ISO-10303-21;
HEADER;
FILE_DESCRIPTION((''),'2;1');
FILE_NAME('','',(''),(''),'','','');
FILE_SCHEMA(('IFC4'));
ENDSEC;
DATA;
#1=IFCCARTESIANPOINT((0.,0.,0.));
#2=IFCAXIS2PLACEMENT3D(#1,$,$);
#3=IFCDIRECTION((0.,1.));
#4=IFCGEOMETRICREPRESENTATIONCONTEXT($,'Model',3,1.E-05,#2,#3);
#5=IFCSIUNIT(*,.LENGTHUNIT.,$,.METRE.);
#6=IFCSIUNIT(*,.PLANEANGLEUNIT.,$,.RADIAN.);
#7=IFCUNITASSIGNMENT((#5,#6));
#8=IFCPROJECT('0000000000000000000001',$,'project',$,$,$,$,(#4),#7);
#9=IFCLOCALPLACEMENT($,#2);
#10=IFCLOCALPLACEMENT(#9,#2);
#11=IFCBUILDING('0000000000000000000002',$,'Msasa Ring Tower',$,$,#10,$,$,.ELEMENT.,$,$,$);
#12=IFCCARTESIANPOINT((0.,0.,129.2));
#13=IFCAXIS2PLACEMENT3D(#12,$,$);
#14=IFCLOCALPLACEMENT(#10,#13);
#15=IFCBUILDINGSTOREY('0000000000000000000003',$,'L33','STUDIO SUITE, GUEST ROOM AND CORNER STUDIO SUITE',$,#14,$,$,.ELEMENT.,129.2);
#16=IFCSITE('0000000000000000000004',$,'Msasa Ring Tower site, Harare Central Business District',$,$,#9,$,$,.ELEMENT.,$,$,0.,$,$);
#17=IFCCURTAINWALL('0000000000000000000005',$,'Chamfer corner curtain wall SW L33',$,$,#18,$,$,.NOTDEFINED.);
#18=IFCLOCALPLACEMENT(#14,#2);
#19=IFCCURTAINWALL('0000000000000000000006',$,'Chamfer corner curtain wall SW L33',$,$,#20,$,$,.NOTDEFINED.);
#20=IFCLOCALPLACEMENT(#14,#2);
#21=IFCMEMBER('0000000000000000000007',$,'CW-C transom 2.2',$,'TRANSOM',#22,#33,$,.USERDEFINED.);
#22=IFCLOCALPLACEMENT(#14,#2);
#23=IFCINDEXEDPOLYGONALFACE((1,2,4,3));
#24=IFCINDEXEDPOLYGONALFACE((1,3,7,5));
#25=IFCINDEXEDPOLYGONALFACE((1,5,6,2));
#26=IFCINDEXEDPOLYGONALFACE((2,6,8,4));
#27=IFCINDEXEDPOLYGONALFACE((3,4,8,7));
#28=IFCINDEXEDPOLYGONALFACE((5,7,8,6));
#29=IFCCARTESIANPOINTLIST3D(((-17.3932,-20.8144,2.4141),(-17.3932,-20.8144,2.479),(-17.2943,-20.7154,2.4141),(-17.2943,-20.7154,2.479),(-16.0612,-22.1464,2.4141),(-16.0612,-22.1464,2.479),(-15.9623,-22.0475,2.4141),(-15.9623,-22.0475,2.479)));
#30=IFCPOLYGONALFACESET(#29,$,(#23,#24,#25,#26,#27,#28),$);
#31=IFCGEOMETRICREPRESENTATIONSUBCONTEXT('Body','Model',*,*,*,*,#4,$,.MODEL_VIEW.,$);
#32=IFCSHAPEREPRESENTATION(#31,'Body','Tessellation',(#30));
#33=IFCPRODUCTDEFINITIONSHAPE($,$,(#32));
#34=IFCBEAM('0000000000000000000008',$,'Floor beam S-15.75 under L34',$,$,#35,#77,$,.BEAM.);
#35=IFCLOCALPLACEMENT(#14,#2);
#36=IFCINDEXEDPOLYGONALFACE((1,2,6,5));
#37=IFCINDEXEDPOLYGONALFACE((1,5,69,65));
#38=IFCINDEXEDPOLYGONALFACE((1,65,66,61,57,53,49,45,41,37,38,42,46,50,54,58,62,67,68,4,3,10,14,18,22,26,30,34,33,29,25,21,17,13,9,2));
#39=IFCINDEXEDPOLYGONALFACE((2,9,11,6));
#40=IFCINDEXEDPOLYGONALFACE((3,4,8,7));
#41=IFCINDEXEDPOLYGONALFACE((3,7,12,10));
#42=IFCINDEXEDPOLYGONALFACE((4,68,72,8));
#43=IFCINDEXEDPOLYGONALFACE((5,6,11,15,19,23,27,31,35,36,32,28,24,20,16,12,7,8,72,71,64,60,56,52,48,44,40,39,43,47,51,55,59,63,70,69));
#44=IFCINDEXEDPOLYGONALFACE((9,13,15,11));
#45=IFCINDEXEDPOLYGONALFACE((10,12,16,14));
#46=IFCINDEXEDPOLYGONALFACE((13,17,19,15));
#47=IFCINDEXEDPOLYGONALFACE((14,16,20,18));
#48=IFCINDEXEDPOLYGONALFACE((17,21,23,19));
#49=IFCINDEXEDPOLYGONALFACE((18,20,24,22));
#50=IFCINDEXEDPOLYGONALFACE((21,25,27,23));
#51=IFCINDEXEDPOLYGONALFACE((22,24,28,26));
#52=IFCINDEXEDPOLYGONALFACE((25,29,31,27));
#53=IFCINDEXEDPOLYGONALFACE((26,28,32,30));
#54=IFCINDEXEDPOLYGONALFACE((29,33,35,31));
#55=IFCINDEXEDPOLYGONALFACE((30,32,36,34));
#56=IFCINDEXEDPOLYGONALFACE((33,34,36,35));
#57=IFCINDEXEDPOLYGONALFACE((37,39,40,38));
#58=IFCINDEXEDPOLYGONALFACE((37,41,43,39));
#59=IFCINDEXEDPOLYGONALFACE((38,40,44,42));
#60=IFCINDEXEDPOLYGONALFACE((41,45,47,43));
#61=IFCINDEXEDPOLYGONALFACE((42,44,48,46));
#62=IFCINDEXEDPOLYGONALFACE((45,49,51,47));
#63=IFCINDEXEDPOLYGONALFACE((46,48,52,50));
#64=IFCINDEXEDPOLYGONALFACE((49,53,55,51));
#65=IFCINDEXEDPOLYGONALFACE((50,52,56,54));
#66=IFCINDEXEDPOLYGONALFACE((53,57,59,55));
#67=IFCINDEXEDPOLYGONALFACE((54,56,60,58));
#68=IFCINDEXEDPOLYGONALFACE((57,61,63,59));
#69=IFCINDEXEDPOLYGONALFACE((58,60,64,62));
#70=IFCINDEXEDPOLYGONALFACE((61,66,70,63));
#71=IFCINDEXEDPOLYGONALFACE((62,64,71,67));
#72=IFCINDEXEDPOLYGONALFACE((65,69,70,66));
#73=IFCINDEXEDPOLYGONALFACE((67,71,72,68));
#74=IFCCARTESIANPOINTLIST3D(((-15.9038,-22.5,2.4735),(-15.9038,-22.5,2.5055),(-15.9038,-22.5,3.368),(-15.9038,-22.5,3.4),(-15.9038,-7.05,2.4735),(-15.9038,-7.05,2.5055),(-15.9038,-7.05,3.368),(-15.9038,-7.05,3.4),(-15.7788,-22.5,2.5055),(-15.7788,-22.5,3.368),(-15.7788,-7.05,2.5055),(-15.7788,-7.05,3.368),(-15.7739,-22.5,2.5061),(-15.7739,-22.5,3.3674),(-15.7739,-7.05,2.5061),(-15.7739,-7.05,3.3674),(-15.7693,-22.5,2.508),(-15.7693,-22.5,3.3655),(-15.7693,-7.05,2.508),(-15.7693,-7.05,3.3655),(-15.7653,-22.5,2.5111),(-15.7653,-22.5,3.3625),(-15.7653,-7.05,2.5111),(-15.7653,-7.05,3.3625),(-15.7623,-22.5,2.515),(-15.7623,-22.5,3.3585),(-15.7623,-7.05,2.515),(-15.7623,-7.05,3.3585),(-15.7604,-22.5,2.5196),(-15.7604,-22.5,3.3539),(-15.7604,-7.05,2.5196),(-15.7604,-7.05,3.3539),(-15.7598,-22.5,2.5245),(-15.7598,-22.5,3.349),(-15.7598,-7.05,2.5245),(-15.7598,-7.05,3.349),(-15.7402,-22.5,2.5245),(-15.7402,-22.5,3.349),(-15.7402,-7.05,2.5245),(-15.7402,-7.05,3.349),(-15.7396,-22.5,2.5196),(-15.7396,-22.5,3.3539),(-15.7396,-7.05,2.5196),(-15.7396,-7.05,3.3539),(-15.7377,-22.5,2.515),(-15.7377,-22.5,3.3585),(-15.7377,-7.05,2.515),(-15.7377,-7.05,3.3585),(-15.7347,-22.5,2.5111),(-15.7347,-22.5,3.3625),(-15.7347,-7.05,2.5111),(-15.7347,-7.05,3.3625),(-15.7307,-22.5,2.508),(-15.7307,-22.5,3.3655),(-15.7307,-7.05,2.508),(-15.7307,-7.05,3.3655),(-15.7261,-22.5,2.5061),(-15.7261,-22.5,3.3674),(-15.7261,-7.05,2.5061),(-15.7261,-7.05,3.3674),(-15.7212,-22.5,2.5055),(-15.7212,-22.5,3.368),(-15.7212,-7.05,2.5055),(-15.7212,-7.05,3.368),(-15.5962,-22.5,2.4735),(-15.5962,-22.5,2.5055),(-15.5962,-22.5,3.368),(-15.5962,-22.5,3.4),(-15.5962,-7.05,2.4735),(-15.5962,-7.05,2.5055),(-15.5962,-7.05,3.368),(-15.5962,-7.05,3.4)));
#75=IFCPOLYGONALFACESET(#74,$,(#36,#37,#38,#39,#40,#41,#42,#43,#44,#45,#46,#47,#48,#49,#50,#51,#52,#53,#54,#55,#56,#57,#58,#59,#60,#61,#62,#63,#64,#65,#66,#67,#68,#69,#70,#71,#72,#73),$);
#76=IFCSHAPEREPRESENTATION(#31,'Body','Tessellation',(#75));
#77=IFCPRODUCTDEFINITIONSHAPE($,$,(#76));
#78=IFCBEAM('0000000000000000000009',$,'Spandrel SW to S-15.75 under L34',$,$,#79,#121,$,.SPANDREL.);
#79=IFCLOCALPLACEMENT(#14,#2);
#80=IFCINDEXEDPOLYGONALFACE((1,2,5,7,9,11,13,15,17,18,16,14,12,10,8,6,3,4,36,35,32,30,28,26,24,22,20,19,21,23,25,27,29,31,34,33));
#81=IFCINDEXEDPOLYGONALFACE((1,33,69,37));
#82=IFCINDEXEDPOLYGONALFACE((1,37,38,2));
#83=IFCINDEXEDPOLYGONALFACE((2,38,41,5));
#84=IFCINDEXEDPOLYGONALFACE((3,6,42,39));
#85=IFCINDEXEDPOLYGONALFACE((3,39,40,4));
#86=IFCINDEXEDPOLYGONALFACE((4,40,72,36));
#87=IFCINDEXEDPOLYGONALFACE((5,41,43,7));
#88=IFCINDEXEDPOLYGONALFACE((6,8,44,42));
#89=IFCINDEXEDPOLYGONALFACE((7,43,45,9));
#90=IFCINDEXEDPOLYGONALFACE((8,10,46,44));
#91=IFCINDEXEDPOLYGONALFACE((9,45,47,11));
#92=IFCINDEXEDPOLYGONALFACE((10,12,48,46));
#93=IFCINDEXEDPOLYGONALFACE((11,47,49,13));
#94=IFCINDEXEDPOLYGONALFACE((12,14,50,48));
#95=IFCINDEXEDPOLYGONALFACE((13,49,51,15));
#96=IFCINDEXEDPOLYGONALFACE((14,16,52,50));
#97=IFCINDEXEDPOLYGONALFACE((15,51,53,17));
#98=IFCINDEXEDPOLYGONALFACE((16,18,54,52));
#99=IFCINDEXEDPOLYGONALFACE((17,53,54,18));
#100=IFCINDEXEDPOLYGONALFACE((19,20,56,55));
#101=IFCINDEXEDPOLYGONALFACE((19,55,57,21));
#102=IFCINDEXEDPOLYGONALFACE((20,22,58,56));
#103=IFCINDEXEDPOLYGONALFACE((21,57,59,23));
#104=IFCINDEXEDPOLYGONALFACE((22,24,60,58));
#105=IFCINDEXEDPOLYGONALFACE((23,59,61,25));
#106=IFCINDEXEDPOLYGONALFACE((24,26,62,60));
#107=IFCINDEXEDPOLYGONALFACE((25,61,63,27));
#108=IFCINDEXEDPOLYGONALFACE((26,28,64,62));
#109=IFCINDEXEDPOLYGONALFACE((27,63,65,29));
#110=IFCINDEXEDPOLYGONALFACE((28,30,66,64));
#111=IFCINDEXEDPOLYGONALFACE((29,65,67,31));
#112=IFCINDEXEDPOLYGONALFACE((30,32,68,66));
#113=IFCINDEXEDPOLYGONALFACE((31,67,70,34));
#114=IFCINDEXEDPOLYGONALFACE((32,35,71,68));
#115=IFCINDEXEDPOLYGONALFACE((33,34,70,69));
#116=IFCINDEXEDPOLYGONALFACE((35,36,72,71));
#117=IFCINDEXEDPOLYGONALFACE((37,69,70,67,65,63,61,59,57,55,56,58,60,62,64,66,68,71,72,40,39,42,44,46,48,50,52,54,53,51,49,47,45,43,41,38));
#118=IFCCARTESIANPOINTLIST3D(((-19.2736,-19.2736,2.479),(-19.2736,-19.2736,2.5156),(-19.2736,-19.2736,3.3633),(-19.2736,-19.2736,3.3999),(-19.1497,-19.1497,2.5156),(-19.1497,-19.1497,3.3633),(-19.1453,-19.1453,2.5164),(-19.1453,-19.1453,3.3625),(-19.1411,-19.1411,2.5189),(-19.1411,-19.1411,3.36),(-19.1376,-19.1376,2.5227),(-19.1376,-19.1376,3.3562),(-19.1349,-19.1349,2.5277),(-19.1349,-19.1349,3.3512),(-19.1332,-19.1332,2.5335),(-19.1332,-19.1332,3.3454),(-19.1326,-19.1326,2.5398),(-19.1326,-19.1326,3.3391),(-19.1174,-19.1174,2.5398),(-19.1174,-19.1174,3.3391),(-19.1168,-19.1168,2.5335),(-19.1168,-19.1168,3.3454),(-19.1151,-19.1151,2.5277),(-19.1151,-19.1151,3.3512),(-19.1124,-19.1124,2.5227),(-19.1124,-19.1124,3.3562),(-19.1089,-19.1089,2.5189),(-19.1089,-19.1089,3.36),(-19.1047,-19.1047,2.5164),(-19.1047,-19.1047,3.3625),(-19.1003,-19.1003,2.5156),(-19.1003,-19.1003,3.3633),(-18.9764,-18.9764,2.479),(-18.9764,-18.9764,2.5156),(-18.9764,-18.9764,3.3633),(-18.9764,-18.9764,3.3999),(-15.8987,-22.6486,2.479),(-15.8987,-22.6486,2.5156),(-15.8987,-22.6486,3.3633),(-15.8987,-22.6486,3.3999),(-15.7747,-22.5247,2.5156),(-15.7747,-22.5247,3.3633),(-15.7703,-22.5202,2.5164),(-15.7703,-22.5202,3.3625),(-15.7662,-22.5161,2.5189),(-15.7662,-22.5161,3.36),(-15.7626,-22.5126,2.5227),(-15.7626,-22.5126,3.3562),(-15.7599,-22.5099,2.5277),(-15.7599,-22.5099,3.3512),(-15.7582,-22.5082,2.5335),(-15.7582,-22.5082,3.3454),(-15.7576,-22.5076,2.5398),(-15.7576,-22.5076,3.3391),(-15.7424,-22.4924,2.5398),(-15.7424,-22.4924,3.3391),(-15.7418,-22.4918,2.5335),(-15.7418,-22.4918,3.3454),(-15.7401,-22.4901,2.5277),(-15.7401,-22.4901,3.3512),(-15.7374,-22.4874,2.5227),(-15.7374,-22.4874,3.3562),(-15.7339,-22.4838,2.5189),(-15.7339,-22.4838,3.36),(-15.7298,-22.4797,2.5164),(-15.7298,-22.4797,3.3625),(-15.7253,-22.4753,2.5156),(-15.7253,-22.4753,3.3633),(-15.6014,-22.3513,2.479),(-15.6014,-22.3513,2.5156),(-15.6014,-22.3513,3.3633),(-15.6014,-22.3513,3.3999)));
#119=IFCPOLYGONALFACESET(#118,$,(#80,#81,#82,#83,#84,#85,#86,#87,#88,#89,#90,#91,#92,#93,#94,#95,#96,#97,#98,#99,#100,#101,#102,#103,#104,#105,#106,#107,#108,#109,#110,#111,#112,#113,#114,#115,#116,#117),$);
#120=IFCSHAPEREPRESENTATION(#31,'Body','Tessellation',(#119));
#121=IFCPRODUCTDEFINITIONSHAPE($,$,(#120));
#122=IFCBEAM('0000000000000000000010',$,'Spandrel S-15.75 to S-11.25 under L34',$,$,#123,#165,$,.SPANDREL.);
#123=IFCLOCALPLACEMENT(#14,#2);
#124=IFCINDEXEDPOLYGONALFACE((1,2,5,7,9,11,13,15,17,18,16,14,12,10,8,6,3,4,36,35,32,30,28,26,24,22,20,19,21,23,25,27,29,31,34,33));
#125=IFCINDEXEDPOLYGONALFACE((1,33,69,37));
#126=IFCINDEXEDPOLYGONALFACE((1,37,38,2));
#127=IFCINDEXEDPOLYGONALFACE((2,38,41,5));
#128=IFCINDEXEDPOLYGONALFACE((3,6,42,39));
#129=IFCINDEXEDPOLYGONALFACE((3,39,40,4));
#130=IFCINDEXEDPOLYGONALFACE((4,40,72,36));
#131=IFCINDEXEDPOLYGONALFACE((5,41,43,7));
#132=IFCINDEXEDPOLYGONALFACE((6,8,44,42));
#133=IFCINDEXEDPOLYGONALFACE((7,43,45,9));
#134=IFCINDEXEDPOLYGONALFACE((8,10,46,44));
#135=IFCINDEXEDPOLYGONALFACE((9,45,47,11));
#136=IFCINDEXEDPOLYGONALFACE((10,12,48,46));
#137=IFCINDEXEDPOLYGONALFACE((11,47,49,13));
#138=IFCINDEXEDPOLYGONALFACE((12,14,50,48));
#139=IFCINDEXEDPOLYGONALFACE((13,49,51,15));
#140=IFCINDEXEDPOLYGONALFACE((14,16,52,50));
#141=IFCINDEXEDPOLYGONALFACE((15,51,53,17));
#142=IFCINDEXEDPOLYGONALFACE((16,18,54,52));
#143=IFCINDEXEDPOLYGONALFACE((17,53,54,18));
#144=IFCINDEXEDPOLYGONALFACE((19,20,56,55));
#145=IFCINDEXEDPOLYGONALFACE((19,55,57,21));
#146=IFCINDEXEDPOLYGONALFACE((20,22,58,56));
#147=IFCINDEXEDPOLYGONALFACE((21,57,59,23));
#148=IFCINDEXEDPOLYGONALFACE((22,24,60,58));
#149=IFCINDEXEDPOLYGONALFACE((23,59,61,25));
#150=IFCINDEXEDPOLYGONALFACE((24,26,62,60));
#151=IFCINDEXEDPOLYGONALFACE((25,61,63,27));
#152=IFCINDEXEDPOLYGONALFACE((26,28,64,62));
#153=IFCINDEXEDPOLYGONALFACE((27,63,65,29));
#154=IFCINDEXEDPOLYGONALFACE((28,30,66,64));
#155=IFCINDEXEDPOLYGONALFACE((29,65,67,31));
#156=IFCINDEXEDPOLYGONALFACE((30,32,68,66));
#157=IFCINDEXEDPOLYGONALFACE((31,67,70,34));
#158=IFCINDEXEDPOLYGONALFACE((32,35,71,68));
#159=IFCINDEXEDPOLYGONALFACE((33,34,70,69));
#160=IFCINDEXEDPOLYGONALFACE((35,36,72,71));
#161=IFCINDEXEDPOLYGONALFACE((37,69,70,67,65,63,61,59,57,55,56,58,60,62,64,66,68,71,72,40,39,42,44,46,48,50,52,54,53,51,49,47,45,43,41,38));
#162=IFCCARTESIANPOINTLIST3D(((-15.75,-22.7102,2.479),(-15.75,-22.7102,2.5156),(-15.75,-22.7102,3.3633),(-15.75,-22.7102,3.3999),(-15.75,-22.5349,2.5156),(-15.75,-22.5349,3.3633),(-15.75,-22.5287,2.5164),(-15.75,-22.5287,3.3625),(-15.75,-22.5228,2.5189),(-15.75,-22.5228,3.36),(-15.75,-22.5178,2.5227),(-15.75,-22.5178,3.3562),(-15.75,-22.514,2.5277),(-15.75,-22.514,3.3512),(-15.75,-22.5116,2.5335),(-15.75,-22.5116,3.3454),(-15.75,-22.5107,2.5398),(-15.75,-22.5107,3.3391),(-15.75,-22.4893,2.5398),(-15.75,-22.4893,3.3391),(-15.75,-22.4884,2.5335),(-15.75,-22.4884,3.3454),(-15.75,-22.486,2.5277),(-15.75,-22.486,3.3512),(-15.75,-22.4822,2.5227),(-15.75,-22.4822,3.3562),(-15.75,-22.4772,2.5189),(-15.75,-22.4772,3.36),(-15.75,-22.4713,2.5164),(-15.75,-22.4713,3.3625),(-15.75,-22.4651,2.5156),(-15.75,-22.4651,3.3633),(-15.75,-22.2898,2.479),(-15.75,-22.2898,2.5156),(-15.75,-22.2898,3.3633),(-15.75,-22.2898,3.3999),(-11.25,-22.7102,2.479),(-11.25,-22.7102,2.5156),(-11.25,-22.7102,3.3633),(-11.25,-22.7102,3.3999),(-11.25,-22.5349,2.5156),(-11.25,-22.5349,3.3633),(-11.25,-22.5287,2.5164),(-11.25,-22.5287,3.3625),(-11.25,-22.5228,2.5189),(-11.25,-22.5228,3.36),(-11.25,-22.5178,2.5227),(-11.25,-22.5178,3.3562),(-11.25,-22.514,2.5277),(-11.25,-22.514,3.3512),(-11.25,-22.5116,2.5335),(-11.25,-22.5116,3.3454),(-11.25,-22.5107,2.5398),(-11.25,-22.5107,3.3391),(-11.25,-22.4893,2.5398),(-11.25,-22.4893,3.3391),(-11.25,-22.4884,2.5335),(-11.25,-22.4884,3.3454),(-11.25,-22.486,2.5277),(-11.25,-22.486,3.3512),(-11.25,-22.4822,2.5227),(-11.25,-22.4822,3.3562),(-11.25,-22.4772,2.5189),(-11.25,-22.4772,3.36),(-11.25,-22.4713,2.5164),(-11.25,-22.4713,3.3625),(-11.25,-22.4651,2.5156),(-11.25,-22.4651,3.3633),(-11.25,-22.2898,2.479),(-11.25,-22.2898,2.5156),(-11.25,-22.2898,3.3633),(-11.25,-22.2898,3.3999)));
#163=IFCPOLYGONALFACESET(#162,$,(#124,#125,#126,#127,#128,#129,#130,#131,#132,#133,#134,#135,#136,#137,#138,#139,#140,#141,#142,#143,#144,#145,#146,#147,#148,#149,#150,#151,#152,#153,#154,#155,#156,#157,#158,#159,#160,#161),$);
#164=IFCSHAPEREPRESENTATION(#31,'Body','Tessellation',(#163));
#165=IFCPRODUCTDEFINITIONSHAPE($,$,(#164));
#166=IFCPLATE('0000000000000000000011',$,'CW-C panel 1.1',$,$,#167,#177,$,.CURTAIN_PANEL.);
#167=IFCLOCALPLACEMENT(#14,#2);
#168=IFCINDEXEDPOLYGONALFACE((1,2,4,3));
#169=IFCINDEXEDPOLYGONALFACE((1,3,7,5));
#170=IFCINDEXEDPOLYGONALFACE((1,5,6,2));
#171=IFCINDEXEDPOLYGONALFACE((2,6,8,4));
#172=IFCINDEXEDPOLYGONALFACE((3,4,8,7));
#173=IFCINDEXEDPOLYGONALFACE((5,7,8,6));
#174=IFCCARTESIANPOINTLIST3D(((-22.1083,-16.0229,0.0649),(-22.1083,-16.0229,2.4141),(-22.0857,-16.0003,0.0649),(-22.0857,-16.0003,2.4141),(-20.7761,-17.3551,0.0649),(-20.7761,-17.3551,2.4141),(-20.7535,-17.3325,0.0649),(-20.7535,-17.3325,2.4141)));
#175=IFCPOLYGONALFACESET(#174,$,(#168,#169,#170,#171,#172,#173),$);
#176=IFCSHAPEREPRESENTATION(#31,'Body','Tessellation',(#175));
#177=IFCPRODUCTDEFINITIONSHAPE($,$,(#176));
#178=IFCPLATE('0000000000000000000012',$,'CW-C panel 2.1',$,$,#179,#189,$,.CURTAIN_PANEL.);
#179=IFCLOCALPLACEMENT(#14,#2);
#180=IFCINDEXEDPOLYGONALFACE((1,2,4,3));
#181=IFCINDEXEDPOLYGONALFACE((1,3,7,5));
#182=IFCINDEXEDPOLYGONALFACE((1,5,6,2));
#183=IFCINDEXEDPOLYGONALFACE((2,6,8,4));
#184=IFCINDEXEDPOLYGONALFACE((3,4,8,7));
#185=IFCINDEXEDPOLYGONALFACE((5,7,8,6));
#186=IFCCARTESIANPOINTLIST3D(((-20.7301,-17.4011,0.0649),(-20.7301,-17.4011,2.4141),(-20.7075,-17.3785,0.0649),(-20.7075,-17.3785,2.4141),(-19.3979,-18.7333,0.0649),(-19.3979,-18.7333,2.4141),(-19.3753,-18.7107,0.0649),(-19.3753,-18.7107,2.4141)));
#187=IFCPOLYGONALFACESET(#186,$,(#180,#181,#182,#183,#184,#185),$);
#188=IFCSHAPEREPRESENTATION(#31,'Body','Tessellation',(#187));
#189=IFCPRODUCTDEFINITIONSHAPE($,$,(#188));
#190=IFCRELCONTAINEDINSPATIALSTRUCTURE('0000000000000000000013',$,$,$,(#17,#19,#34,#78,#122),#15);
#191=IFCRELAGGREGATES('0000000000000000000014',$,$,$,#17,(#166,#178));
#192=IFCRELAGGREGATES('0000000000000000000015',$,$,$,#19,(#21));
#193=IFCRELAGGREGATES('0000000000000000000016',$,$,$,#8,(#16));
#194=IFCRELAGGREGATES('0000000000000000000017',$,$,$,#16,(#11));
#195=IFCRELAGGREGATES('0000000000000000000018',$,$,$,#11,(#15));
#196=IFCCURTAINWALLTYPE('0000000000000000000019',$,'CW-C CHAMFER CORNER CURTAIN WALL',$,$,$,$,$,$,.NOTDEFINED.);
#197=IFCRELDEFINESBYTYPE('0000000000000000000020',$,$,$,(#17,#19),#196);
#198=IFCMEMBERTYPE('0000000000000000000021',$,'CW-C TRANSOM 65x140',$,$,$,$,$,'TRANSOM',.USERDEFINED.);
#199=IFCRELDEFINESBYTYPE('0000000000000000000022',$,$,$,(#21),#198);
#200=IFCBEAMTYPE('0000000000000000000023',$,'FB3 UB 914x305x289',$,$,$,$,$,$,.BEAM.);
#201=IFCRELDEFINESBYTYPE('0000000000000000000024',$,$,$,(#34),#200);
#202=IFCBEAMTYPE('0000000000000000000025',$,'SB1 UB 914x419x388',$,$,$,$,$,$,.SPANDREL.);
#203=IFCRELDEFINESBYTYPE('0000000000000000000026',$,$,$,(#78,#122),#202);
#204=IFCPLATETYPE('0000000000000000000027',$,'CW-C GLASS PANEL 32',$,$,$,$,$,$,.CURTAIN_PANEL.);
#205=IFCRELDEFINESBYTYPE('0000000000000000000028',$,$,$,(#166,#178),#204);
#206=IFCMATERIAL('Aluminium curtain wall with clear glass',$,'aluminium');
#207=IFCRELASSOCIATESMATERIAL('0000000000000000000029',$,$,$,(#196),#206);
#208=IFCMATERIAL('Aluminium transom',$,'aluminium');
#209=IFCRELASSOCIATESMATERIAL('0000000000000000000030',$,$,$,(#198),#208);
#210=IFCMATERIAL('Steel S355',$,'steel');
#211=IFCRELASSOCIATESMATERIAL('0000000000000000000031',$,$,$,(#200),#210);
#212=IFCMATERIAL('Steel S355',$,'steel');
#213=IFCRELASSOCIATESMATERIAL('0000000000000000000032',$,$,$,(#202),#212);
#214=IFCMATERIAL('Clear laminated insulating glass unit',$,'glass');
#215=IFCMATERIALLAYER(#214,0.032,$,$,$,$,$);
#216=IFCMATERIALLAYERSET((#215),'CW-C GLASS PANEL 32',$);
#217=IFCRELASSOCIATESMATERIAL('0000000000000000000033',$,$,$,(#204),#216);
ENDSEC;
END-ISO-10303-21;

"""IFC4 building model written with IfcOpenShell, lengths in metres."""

from ifc_helpers import new_model, si_unit, direction, frame, origin, origin_2d, place, context, subcontext, project, spatial, rectangle, i_section, extrude, material, layer, layer_set, material_profile, profile_set, type_object, element, aggregate, save


model = new_model("IFC4")

# Units and contexts
model_context = context("Model", 3, precision=1e-05, world=origin(), true_north=direction((0.0, 1.0)))
body_context = subcontext(model_context, "Body", "Model", "MODEL_VIEW")
ifc_project = project(units=[si_unit("LENGTHUNIT", "METRE"), si_unit("PLANEANGLEUNIT", "RADIAN")], contexts=[model_context])

# Site, building, storey
site_placement = place(None, origin())
site = spatial("IfcSite", under=ifc_project, at=site_placement, Name="Msasa Ring Tower site, Harare Central Business District", CompositionType="ELEMENT", RefElevation=0.0)
building_placement = place(site_placement, origin())
building = spatial("IfcBuilding", under=site, at=building_placement, Name="Msasa Ring Tower", CompositionType="ELEMENT")
storey_placement = place(building_placement, frame((0.0, 0.0, 129.2)))
storey = spatial("IfcBuildingStorey", under=building, at=storey_placement, Name="L33", Description="STUDIO SUITE, GUEST ROOM AND CORNER STUDIO SUITE", CompositionType="ELEMENT", Elevation=129.2)

# Curtain walls
ifc_material_1 = material(Name="Aluminium curtain wall with clear glass", Category="aluminium")
curtain_wall_type = type_object("IfcCurtainWallType", Name="CW-C CHAMFER CORNER CURTAIN WALL", PredefinedType="NOTDEFINED", material=ifc_material_1)
curtain_wall_1_placement = place(storey_placement, origin())
curtain_wall_1 = element("IfcCurtainWall", 1, at=curtain_wall_1_placement, inside=storey, type_object=curtain_wall_type, Name="Chamfer corner curtain wall SW L33", PredefinedType="NOTDEFINED")
curtain_wall_2_placement = place(storey_placement, origin())
curtain_wall_2 = element("IfcCurtainWall", 2, at=curtain_wall_2_placement, inside=storey, type_object=curtain_wall_type, Name="Chamfer corner curtain wall SW L33", PredefinedType="NOTDEFINED")

# Member
ifc_material_2 = material(Name="Aluminium transom", Category="aluminium")
ifc_material_profile_1 = material_profile(ifc_material_2, rectangle(XDim=0.1399, YDim=0.0649, at=origin_2d()), Name="AL 65x140")
ifc_profile_set_1 = profile_set([ifc_material_profile_1], Name="Aluminium transom")
member_type_1 = type_object("IfcMemberType", Name="CW-C TRANSOM 65x140", ElementType="TRANSOM", PredefinedType="USERDEFINED", material=ifc_profile_set_1)
member_1_placement = place(storey_placement, frame((-17.3438, -20.7649, 2.4465), z_axis=(0.707107, -0.707107, 0.0), x_axis=(0.707107, 0.707107, 0.0)))
member_1 = element("IfcMember", 3, at=member_1_placement, type_object=member_type_1, Name="CW-C transom 2.2", ObjectType="TRANSOM", PredefinedType="USERDEFINED", context=body_context, shape_type="SweptSolid", body=[
    extrude(rectangle(XDim=0.1399, YDim=0.0649, at=origin_2d()), origin(), (0.0, 0.0, 1.0), 1.8838),
])

# Beams
ifc_material_3 = material(Name="Steel S355", Category="steel")
ifc_material_profile_2 = material_profile(ifc_material_3, i_section(OverallWidth=0.3076, OverallDepth=0.9265, WebThickness=0.0195, FlangeThickness=0.032, FilletRadius=0.019, at=origin_2d()), Name="UB 914x305x289")
ifc_profile_set_2 = profile_set([ifc_material_profile_2], Name="Steel S355")
beam_type_1 = type_object("IfcBeamType", Name="FB3 UB 914x305x289", PredefinedType="BEAM", material=ifc_profile_set_2)
beam_1_placement = place(storey_placement, frame((-15.75, -22.5, 2.9368), z_axis=(0.0, 1.0, 0.0), x_axis=(-1.0, 0.0, 0.0)))
element("IfcBeam", 4, at=beam_1_placement, inside=storey, type_object=beam_type_1, Name="Floor beam S-15.75 under L34", PredefinedType="BEAM", context=body_context, shape_type="SweptSolid", body=[
    extrude(i_section(OverallWidth=0.3076, OverallDepth=0.9265, WebThickness=0.0195, FlangeThickness=0.032, FilletRadius=0.019, at=origin_2d()), origin(), (0.0, 0.0, 1.0), 15.45),
])
ifc_material_4 = material(Name="Steel S355", Category="steel")
ifc_material_profile_3 = material_profile(ifc_material_4, i_section(OverallWidth=0.4204, OverallDepth=0.9209, WebThickness=0.0215, FlangeThickness=0.0366, FilletRadius=0.0242, at=origin_2d()), Name="UB 914x419x388")
ifc_profile_set_3 = profile_set([ifc_material_profile_3], Name="Steel S355")
beam_type_2 = type_object("IfcBeamType", Name="SB1 UB 914x419x388", PredefinedType="SPANDREL", material=ifc_profile_set_3)
beam_2_placement = place(storey_placement, frame((-19.125, -19.125, 2.9395), z_axis=(0.707107, -0.707107, 0.0), x_axis=(0.707107, 0.707107, 0.0)))
element("IfcBeam", 5, at=beam_2_placement, inside=storey, type_object=beam_type_2, Name="Spandrel SW to S-15.75 under L34", PredefinedType="SPANDREL", context=body_context, shape_type="SweptSolid", body=[
    extrude(i_section(OverallWidth=0.4204, OverallDepth=0.9209, WebThickness=0.0215, FlangeThickness=0.0366, FilletRadius=0.0242, at=origin_2d()), origin(), (0.0, 0.0, 1.0), 4.7729),
])
beam_3_placement = place(storey_placement, frame((-15.75, -22.5, 2.9395), z_axis=(1.0, 0.0, 0.0), x_axis=(0.0, 1.0, 0.0)))
element("IfcBeam", 6, at=beam_3_placement, inside=storey, type_object=beam_type_2, Name="Spandrel S-15.75 to S-11.25 under L34", PredefinedType="SPANDREL", context=body_context, shape_type="SweptSolid", body=[
    extrude(i_section(OverallWidth=0.4204, OverallDepth=0.9209, WebThickness=0.0215, FlangeThickness=0.0366, FilletRadius=0.0242, at=origin_2d()), origin(), (0.0, 0.0, 1.0), 4.5),
])

# Plates
ifc_material_5 = material(Name="Clear laminated insulating glass unit", Category="glass")
ifc_layer_1 = layer(ifc_material_5, 0.032)
ifc_layer_set_1 = layer_set([ifc_layer_1], Name="CW-C GLASS PANEL 32")
plate_type = type_object("IfcPlateType", Name="CW-C GLASS PANEL 32", PredefinedType="CURTAIN_PANEL", material=ifc_layer_set_1)
plate_1_placement = place(storey_placement, frame((-21.4309, -16.6777, 0.0649), z_axis=(0.0, 0.0, 1.0), x_axis=(0.707107, -0.707107, 0.0)))
plate_1 = element("IfcPlate", 7, at=plate_1_placement, type_object=plate_type, Name="CW-C panel 1.1", PredefinedType="CURTAIN_PANEL", context=body_context, shape_type="SweptSolid", body=[
    extrude(rectangle(XDim=1.884, YDim=0.032, at=origin_2d()), origin(), (0.0, 0.0, 1.0), 2.3491),
])
plate_2_placement = place(storey_placement, frame((-20.0527, -18.0559, 0.0649), z_axis=(0.0, 0.0, 1.0), x_axis=(0.707107, -0.707107, 0.0)))
plate_2 = element("IfcPlate", 8, at=plate_2_placement, type_object=plate_type, Name="CW-C panel 2.1", PredefinedType="CURTAIN_PANEL", context=body_context, shape_type="SweptSolid", body=[
    extrude(rectangle(XDim=1.884, YDim=0.032, at=origin_2d()), origin(), (0.0, 0.0, 1.0), 2.3491),
])
aggregate(curtain_wall_1, [plate_1, plate_2])
aggregate(curtain_wall_2, [member_1])

save(model, "model.ifc")
